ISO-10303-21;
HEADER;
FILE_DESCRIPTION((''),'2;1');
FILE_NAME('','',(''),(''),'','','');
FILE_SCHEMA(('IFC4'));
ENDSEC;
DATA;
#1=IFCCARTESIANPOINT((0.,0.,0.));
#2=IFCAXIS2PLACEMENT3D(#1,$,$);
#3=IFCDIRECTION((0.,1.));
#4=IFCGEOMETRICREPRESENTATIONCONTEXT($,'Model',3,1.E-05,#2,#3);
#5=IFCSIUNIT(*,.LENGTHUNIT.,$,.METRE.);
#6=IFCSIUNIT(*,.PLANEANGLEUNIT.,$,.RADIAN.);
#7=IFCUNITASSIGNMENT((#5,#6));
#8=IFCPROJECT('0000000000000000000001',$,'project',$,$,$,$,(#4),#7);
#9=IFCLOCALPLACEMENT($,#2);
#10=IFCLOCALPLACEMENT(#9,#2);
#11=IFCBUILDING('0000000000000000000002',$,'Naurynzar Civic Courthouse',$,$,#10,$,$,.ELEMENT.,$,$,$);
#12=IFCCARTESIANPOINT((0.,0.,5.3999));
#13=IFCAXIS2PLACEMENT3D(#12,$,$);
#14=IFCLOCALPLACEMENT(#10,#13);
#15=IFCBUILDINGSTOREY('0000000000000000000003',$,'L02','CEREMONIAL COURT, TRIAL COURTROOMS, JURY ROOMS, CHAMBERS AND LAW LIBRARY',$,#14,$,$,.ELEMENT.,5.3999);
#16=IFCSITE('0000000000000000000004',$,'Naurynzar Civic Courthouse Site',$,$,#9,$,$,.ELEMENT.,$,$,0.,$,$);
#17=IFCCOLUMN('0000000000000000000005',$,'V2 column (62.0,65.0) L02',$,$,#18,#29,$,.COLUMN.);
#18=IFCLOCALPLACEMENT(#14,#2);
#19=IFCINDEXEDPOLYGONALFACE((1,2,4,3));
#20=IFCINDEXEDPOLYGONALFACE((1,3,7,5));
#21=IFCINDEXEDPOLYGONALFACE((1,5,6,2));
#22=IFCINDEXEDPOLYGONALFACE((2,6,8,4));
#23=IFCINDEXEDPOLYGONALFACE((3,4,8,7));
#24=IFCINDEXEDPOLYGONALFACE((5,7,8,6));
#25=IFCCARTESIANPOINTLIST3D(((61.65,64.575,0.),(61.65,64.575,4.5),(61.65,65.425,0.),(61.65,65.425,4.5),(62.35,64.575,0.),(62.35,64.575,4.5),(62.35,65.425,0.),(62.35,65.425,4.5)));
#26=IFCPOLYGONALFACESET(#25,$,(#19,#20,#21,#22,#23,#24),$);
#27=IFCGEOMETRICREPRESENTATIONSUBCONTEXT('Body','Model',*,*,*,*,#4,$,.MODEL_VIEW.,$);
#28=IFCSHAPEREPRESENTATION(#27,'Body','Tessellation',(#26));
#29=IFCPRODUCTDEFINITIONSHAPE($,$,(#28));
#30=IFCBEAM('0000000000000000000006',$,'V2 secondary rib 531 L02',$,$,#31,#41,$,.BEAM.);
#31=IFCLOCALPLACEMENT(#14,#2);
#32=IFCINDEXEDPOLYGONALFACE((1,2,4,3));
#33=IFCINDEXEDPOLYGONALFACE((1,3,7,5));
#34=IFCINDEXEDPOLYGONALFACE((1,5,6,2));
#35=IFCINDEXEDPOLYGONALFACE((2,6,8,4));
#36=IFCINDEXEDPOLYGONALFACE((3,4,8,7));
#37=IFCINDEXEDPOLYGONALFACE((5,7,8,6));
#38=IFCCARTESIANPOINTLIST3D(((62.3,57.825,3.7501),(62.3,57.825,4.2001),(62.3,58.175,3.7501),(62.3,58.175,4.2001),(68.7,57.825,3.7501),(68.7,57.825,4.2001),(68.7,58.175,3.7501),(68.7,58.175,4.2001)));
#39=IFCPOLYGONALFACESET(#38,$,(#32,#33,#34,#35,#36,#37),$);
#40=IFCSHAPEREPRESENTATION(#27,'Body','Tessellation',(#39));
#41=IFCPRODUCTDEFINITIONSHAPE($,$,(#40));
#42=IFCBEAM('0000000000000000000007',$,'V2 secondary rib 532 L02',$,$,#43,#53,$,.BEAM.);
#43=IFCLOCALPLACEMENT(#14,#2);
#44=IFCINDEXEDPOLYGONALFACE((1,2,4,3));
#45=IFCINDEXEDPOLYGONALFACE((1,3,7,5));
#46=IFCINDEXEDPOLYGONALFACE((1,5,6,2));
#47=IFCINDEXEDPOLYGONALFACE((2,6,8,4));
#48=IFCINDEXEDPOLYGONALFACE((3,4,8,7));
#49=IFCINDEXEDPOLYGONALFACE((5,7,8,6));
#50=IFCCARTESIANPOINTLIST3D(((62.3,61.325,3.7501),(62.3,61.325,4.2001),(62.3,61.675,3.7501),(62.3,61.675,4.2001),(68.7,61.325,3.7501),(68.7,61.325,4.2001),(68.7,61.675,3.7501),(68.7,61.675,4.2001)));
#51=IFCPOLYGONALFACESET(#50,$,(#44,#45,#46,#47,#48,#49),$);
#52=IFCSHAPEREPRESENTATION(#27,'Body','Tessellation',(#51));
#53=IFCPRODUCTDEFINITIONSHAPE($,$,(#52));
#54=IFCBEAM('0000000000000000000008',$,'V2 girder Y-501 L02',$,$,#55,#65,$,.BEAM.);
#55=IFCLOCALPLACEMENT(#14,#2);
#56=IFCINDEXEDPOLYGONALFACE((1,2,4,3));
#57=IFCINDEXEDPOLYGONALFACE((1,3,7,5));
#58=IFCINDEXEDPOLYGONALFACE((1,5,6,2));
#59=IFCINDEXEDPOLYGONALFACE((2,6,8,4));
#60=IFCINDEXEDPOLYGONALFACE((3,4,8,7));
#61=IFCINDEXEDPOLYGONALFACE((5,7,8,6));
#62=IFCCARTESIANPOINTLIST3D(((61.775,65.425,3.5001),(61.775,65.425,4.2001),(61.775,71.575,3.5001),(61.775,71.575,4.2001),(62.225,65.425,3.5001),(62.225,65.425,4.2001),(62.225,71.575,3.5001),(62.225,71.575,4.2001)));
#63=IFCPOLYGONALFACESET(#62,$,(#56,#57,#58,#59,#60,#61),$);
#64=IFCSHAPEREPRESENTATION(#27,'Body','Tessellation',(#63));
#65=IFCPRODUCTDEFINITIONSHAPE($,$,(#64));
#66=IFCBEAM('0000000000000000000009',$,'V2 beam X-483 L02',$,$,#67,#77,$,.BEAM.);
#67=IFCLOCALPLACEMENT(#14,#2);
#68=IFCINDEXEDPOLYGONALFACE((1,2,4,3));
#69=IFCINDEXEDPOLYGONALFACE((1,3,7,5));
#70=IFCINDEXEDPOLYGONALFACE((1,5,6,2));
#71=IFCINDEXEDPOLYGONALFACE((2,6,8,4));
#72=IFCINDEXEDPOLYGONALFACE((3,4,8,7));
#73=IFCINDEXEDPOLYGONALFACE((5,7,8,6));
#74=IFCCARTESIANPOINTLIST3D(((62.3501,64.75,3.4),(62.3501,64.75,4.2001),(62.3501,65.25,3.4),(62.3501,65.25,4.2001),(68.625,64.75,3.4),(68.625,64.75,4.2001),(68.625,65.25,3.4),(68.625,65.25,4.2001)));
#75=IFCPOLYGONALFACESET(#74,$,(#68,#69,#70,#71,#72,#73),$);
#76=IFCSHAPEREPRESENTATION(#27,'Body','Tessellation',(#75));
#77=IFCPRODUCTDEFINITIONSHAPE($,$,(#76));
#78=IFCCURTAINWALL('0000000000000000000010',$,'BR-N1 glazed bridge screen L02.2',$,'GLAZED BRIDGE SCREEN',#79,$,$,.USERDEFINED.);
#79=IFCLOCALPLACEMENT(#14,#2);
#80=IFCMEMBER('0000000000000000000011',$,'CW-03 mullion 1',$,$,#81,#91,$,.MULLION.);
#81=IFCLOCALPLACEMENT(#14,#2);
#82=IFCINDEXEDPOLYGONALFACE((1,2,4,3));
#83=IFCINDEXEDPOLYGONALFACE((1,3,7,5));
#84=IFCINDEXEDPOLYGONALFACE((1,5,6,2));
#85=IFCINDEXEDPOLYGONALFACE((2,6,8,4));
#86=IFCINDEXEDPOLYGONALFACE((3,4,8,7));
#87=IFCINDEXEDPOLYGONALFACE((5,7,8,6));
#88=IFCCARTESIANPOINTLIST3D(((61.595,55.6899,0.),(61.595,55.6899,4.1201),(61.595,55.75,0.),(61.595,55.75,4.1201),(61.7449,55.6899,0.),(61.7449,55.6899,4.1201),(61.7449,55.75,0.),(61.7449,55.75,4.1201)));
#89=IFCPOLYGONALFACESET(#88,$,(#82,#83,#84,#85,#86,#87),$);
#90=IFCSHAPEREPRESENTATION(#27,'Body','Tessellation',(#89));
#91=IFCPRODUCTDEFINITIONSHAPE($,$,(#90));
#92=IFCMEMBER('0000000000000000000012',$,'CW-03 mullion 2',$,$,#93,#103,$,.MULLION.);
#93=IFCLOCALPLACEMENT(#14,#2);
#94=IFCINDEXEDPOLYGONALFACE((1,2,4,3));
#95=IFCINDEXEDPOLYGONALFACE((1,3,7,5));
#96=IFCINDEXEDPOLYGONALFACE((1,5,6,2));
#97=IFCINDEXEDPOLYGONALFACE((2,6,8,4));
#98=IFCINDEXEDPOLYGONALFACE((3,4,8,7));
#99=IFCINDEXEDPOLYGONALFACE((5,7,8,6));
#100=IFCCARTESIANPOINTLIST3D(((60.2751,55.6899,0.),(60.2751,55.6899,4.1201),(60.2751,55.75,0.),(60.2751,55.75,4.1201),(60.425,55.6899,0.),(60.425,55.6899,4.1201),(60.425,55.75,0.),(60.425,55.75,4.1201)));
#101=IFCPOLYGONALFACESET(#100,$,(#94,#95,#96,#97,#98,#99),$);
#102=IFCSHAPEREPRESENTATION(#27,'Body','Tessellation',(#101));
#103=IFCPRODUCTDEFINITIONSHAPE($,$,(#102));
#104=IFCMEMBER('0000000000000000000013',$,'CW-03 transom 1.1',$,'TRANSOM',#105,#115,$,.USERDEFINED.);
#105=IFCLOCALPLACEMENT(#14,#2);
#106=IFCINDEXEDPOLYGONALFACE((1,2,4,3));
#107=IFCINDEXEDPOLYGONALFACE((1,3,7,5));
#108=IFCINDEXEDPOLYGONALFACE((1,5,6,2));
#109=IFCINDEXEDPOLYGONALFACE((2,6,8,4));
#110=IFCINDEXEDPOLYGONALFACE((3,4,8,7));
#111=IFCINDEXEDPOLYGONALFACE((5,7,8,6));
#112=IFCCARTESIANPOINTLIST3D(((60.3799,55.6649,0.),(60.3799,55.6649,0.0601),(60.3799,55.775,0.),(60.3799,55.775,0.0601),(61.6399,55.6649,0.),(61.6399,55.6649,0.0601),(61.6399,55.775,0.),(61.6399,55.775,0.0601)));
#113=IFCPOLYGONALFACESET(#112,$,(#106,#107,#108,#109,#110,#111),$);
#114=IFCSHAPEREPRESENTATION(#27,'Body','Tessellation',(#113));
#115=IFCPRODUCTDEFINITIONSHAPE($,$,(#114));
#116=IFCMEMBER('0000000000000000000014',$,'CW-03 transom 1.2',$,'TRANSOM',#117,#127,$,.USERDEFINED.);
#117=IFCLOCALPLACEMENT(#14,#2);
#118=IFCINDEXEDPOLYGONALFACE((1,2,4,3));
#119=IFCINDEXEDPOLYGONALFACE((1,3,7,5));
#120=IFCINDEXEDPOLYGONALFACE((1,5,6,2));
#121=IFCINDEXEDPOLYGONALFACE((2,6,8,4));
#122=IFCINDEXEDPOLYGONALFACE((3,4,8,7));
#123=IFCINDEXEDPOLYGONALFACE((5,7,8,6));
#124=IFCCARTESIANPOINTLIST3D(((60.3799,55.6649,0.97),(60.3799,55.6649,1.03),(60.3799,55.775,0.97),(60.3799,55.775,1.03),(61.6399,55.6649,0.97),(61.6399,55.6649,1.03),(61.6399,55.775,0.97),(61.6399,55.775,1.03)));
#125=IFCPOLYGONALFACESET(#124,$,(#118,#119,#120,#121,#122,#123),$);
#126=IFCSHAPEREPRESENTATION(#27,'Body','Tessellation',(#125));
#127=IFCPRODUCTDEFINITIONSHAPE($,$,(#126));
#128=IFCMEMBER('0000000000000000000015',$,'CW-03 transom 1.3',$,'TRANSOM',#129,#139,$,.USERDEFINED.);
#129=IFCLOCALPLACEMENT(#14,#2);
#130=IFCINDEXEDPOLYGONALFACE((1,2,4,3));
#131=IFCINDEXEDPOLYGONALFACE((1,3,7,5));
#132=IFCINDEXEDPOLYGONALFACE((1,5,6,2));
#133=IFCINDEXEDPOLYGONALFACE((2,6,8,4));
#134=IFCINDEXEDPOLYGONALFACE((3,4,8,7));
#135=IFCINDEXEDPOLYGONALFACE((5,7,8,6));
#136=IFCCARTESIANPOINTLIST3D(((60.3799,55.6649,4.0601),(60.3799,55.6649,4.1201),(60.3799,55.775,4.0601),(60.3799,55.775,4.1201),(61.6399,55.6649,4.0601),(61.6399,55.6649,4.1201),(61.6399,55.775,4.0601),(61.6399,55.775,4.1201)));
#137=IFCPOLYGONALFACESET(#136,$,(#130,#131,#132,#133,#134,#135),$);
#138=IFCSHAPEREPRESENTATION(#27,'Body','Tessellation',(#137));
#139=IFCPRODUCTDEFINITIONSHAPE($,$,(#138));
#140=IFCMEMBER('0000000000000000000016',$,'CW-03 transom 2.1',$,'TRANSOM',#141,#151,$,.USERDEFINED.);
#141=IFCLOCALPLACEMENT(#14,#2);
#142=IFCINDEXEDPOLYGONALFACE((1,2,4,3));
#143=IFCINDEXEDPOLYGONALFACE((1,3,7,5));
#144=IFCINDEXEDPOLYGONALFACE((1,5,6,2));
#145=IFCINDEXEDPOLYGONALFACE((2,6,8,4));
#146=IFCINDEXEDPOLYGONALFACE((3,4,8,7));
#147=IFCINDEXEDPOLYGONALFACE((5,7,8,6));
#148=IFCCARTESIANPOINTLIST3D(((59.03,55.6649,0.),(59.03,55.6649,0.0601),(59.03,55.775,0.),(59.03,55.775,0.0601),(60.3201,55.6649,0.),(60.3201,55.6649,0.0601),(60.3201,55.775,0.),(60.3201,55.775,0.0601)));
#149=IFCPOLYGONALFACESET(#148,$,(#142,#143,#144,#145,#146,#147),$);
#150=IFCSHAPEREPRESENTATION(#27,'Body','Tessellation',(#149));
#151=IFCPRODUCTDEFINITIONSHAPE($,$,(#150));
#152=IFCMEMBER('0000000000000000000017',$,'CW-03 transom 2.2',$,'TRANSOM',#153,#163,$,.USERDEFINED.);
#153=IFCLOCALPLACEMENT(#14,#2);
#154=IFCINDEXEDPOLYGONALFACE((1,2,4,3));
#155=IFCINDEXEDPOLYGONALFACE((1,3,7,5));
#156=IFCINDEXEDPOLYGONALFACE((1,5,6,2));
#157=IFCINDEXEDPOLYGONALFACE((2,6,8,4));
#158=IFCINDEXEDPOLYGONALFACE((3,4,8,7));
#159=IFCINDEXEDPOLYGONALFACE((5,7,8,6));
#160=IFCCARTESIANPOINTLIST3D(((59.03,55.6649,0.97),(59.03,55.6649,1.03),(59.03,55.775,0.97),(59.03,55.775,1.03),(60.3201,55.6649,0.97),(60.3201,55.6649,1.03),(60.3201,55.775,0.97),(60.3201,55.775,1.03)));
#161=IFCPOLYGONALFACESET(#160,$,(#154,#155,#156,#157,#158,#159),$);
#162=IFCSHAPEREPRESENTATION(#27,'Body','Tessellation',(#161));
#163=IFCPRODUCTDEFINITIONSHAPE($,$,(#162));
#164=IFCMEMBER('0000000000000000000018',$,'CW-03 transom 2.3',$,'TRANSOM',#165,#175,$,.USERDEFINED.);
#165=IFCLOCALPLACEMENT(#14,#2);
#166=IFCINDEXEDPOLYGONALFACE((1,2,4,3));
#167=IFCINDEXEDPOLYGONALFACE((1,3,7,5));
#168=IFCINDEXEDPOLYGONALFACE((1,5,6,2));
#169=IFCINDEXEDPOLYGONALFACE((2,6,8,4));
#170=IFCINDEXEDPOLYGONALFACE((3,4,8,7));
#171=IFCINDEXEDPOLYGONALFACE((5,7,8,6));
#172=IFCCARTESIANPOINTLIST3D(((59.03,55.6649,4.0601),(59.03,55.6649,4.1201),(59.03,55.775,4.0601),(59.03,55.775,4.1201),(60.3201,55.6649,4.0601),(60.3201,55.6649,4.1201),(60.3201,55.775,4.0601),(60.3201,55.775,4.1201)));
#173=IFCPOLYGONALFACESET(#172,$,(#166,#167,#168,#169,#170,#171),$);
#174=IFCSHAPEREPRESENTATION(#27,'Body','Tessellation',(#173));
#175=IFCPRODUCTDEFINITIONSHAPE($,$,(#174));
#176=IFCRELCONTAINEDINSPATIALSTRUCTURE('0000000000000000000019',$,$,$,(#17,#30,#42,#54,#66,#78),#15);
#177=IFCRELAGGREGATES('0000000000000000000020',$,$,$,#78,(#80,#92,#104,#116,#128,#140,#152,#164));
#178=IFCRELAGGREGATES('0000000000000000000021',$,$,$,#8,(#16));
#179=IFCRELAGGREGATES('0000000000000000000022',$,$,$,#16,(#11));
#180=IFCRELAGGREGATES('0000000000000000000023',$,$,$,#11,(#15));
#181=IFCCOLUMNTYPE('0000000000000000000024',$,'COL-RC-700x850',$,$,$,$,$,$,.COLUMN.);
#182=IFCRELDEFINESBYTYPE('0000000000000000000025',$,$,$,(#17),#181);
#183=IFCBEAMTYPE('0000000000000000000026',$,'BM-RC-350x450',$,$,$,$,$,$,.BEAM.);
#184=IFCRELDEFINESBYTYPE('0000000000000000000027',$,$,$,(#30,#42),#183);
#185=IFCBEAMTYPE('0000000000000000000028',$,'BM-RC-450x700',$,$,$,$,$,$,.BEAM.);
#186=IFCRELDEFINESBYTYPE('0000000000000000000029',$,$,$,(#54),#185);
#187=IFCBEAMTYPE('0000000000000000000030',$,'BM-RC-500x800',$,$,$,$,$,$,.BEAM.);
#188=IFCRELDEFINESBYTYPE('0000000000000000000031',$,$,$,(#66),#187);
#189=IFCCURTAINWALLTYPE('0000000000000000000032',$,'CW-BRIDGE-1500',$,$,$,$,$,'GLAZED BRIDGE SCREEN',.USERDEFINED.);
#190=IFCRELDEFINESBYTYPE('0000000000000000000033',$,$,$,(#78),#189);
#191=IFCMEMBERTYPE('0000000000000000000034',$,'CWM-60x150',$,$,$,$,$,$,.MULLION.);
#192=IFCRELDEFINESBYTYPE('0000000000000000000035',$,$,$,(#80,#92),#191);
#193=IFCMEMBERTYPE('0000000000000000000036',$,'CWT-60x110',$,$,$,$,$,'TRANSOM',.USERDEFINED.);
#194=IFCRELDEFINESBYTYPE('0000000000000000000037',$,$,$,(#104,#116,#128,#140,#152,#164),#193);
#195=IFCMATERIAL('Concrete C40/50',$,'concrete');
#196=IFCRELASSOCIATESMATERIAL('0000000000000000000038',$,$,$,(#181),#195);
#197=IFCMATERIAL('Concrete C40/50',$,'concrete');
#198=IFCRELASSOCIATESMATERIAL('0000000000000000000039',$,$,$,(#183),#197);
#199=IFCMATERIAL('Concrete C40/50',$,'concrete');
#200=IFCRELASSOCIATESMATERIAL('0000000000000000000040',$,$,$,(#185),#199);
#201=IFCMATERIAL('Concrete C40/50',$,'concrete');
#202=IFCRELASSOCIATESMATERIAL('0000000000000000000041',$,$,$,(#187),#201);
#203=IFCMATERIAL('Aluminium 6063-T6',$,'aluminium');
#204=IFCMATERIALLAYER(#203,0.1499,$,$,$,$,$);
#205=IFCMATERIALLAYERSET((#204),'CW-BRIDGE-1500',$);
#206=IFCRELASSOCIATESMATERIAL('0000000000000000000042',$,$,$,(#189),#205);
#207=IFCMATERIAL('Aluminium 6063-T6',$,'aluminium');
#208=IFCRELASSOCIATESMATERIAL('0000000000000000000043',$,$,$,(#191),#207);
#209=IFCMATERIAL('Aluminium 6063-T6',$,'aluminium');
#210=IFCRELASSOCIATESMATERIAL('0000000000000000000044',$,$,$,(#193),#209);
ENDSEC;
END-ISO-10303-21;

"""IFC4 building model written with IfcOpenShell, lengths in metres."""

from ifc_helpers import new_model, si_unit, direction, frame, origin, origin_2d, place, context, subcontext, project, spatial, rectangle, extrude, material, layer, layer_set, material_profile, profile_set, type_object, element, aggregate, save


model = new_model("IFC4")

# Units and contexts
model_context = context("Model", 3, precision=1e-05, world=origin(), true_north=direction((0.0, 1.0)))
body_context = subcontext(model_context, "Body", "Model", "MODEL_VIEW")
ifc_project = project(units=[si_unit("LENGTHUNIT", "METRE"), si_unit("PLANEANGLEUNIT", "RADIAN")], contexts=[model_context])

# Site, building, storey
site_placement = place(None, origin())
site = spatial("IfcSite", under=ifc_project, at=site_placement, Name="Naurynzar Civic Courthouse Site", CompositionType="ELEMENT", RefElevation=0.0)
building_placement = place(site_placement, origin())
building = spatial("IfcBuilding", under=site, at=building_placement, Name="Naurynzar Civic Courthouse", CompositionType="ELEMENT")
storey_placement = place(building_placement, frame((0.0, 0.0, 5.3999)))
storey = spatial("IfcBuildingStorey", under=building, at=storey_placement, Name="L02", Description="CEREMONIAL COURT, TRIAL COURTROOMS, JURY ROOMS, CHAMBERS AND LAW LIBRARY", CompositionType="ELEMENT", Elevation=5.3999)

# Column
ifc_material_1 = material(Name="Concrete C40/50", Category="concrete")
ifc_material_profile_1 = material_profile(ifc_material_1, rectangle(XDim=0.7, YDim=0.8501, at=origin_2d()), Name="RC 700x850")
ifc_profile_set_1 = profile_set([ifc_material_profile_1], Name="Concrete C40/50")
column_type = type_object("IfcColumnType", Name="COL-RC-700x850", PredefinedType="COLUMN", material=ifc_profile_set_1)
column_placement = place(storey_placement, frame((62.0, 65.0, 0.0), z_axis=(0.0, 0.0, 1.0), x_axis=(1.0, 0.0, 0.0)))
element("IfcColumn", 1, at=column_placement, inside=storey, type_object=column_type, Name="V2 column (62.0,65.0) L02", PredefinedType="COLUMN", context=body_context, shape_type="SweptSolid", body=[
    extrude(rectangle(XDim=0.7, YDim=0.8501, at=origin_2d()), origin(), (0.0, 0.0, 1.0), 4.5),
])

# Beams
ifc_material_2 = material(Name="Concrete C40/50", Category="concrete")
ifc_material_profile_2 = material_profile(ifc_material_2, rectangle(XDim=0.3501, YDim=0.45, at=origin_2d()), Name="RCB 350x450")
ifc_profile_set_2 = profile_set([ifc_material_profile_2], Name="Concrete C40/50")
beam_type_1 = type_object("IfcBeamType", Name="BM-RC-350x450", PredefinedType="BEAM", material=ifc_profile_set_2)
for number, where, z_axis, x_axis, name in (
    (2, (62.3, 58.0, 3.9751), (1.0, 0.0, 0.0), (0.0, 1.0, 0.0), "V2 secondary rib 531 L02"),
    (3, (62.3, 61.5, 3.9751), (1.0, 0.0, 0.0), (0.0, 1.0, 0.0), "V2 secondary rib 532 L02"),
):
    element("IfcBeam", number, at=place(storey_placement, frame(where, z_axis=z_axis, x_axis=x_axis)), inside=storey, type_object=beam_type_1, Name=name, PredefinedType="BEAM", context=body_context, shape_type="SweptSolid", body=[
        extrude(rectangle(XDim=0.3501, YDim=0.45, at=origin_2d()), origin(), (0.0, 0.0, 1.0), 6.3999),
    ])
ifc_material_3 = material(Name="Concrete C40/50", Category="concrete")
ifc_material_profile_3 = material_profile(ifc_material_3, rectangle(XDim=0.45, YDim=0.7, at=origin_2d()), Name="RCB 450x700")
ifc_profile_set_3 = profile_set([ifc_material_profile_3], Name="Concrete C40/50")
beam_type_2 = type_object("IfcBeamType", Name="BM-RC-450x700", PredefinedType="BEAM", material=ifc_profile_set_3)
beam_1_placement = place(storey_placement, frame((62.0, 65.425, 3.8501), z_axis=(0.0, 1.0, 0.0), x_axis=(-1.0, 0.0, 0.0)))
element("IfcBeam", 4, at=beam_1_placement, inside=storey, type_object=beam_type_2, Name="V2 girder Y-501 L02", PredefinedType="BEAM", context=body_context, shape_type="SweptSolid", body=[
    extrude(rectangle(XDim=0.45, YDim=0.7, at=origin_2d()), origin(), (0.0, 0.0, 1.0), 6.1499),
])
ifc_material_4 = material(Name="Concrete C40/50", Category="concrete")
ifc_material_profile_4 = material_profile(ifc_material_4, rectangle(XDim=0.5, YDim=0.8, at=origin_2d()), Name="RCB 500x800")
ifc_profile_set_4 = profile_set([ifc_material_profile_4], Name="Concrete C40/50")
beam_type_3 = type_object("IfcBeamType", Name="BM-RC-500x800", PredefinedType="BEAM", material=ifc_profile_set_4)
beam_2_placement = place(storey_placement, frame((62.3501, 65.0, 3.8), z_axis=(1.0, 0.0, 0.0), x_axis=(0.0, 1.0, 0.0)))
element("IfcBeam", 5, at=beam_2_placement, inside=storey, type_object=beam_type_3, Name="V2 beam X-483 L02", PredefinedType="BEAM", context=body_context, shape_type="SweptSolid", body=[
    extrude(rectangle(XDim=0.5, YDim=0.8, at=origin_2d()), origin(), (0.0, 0.0, 1.0), 6.2749),
])

# Curtain wall, members
ifc_material_5 = material(Name="Aluminium 6063-T6", Category="aluminium")
ifc_layer_1 = layer(ifc_material_5, 0.1499)
ifc_layer_set_1 = layer_set([ifc_layer_1], Name="CW-BRIDGE-1500")
curtain_wall_type = type_object("IfcCurtainWallType", Name="CW-BRIDGE-1500", ElementType="GLAZED BRIDGE SCREEN", PredefinedType="USERDEFINED", material=ifc_layer_set_1)
curtain_wall_placement = place(storey_placement, origin())
curtain_wall = element("IfcCurtainWall", 6, at=curtain_wall_placement, inside=storey, type_object=curtain_wall_type, Name="BR-N1 glazed bridge screen L02.2", ObjectType="GLAZED BRIDGE SCREEN", PredefinedType="USERDEFINED")
ifc_material_6 = material(Name="Aluminium 6063-T6", Category="aluminium")
ifc_material_profile_5 = material_profile(ifc_material_6, rectangle(XDim=0.0601, YDim=0.1499, at=origin_2d()), Name="ALU MULLION 60x150")
ifc_profile_set_5 = profile_set([ifc_material_profile_5], Name="Aluminium 6063-T6")
member_type_1 = type_object("IfcMemberType", Name="CWM-60x150", PredefinedType="MULLION", material=ifc_profile_set_5)
member_1_placement = place(storey_placement, frame((61.6699, 55.72, 0.0), z_axis=(0.0, 0.0, 1.0), x_axis=(0.0, -1.0, 0.0)))
member_1 = element("IfcMember", 7, at=member_1_placement, type_object=member_type_1, Name="CW-03 mullion 1", PredefinedType="MULLION", context=body_context, shape_type="SweptSolid", body=[
    extrude(rectangle(XDim=0.0601, YDim=0.1499, at=origin_2d()), origin(), (0.0, 0.0, 1.0), 4.1201),
])
member_2_placement = place(storey_placement, frame((60.3501, 55.72, 0.0), z_axis=(0.0, 0.0, 1.0), x_axis=(0.0, -1.0, 0.0)))
member_2 = element("IfcMember", 8, at=member_2_placement, type_object=member_type_1, Name="CW-03 mullion 2", PredefinedType="MULLION", context=body_context, shape_type="SweptSolid", body=[
    extrude(rectangle(XDim=0.0601, YDim=0.1499, at=origin_2d()), origin(), (0.0, 0.0, 1.0), 4.1201),
])
ifc_material_7 = material(Name="Aluminium 6063-T6", Category="aluminium")
ifc_material_profile_6 = material_profile(ifc_material_7, rectangle(XDim=0.1101, YDim=0.0601, at=origin_2d()), Name="ALU TRANSOM 60x110")
ifc_profile_set_6 = profile_set([ifc_material_profile_6], Name="Aluminium 6063-T6")
member_type_2 = type_object("IfcMemberType", Name="CWT-60x110", ElementType="TRANSOM", PredefinedType="USERDEFINED", material=ifc_profile_set_6)
member_3_placement = place(storey_placement, frame((61.6399, 55.72, 0.03), z_axis=(-1.0, 0.0, 0.0), x_axis=(0.0, -1.0, 0.0)))
member_3 = element("IfcMember", 9, at=member_3_placement, type_object=member_type_2, Name="CW-03 transom 1.1", ObjectType="TRANSOM", PredefinedType="USERDEFINED", context=body_context, shape_type="SweptSolid", body=[
    extrude(rectangle(XDim=0.1101, YDim=0.0601, at=origin_2d()), origin(), (0.0, 0.0, 1.0), 1.26),
])
member_4_placement = place(storey_placement, frame((61.6399, 55.72, 1.0), z_axis=(-1.0, 0.0, 0.0), x_axis=(0.0, -1.0, 0.0)))
member_4 = element("IfcMember", 10, at=member_4_placement, type_object=member_type_2, Name="CW-03 transom 1.2", ObjectType="TRANSOM", PredefinedType="USERDEFINED", context=body_context, shape_type="SweptSolid", body=[
    extrude(rectangle(XDim=0.1101, YDim=0.0601, at=origin_2d()), origin(), (0.0, 0.0, 1.0), 1.26),
])
member_5_placement = place(storey_placement, frame((61.6399, 55.72, 4.0901), z_axis=(-1.0, 0.0, 0.0), x_axis=(0.0, -1.0, 0.0)))
member_5 = element("IfcMember", 11, at=member_5_placement, type_object=member_type_2, Name="CW-03 transom 1.3", ObjectType="TRANSOM", PredefinedType="USERDEFINED", context=body_context, shape_type="SweptSolid", body=[
    extrude(rectangle(XDim=0.1101, YDim=0.0601, at=origin_2d()), origin(), (0.0, 0.0, 1.0), 1.26),
])
member_6_placement = place(storey_placement, frame((60.3201, 55.72, 0.03), z_axis=(-1.0, 0.0, 0.0), x_axis=(0.0, -1.0, 0.0)))
member_6 = element("IfcMember", 12, at=member_6_placement, type_object=member_type_2, Name="CW-03 transom 2.1", ObjectType="TRANSOM", PredefinedType="USERDEFINED", context=body_context, shape_type="SweptSolid", body=[
    extrude(rectangle(XDim=0.1101, YDim=0.0601, at=origin_2d()), origin(), (0.0, 0.0, 1.0), 1.29),
])
member_7_placement = place(storey_placement, frame((60.3201, 55.72, 1.0), z_axis=(-1.0, 0.0, 0.0), x_axis=(0.0, -1.0, 0.0)))
member_7 = element("IfcMember", 13, at=member_7_placement, type_object=member_type_2, Name="CW-03 transom 2.2", ObjectType="TRANSOM", PredefinedType="USERDEFINED", context=body_context, shape_type="SweptSolid", body=[
    extrude(rectangle(XDim=0.1101, YDim=0.0601, at=origin_2d()), origin(), (0.0, 0.0, 1.0), 1.29),
])
member_8_placement = place(storey_placement, frame((60.3201, 55.72, 4.0901), z_axis=(-1.0, 0.0, 0.0), x_axis=(0.0, -1.0, 0.0)))
member_8 = element("IfcMember", 14, at=member_8_placement, type_object=member_type_2, Name="CW-03 transom 2.3", ObjectType="TRANSOM", PredefinedType="USERDEFINED", context=body_context, shape_type="SweptSolid", body=[
    extrude(rectangle(XDim=0.1101, YDim=0.0601, at=origin_2d()), origin(), (0.0, 0.0, 1.0), 1.29),
])
aggregate(curtain_wall, [member_1, member_2, member_3, member_4, member_5, member_6, member_7, member_8])

save(model, "model.ifc")
